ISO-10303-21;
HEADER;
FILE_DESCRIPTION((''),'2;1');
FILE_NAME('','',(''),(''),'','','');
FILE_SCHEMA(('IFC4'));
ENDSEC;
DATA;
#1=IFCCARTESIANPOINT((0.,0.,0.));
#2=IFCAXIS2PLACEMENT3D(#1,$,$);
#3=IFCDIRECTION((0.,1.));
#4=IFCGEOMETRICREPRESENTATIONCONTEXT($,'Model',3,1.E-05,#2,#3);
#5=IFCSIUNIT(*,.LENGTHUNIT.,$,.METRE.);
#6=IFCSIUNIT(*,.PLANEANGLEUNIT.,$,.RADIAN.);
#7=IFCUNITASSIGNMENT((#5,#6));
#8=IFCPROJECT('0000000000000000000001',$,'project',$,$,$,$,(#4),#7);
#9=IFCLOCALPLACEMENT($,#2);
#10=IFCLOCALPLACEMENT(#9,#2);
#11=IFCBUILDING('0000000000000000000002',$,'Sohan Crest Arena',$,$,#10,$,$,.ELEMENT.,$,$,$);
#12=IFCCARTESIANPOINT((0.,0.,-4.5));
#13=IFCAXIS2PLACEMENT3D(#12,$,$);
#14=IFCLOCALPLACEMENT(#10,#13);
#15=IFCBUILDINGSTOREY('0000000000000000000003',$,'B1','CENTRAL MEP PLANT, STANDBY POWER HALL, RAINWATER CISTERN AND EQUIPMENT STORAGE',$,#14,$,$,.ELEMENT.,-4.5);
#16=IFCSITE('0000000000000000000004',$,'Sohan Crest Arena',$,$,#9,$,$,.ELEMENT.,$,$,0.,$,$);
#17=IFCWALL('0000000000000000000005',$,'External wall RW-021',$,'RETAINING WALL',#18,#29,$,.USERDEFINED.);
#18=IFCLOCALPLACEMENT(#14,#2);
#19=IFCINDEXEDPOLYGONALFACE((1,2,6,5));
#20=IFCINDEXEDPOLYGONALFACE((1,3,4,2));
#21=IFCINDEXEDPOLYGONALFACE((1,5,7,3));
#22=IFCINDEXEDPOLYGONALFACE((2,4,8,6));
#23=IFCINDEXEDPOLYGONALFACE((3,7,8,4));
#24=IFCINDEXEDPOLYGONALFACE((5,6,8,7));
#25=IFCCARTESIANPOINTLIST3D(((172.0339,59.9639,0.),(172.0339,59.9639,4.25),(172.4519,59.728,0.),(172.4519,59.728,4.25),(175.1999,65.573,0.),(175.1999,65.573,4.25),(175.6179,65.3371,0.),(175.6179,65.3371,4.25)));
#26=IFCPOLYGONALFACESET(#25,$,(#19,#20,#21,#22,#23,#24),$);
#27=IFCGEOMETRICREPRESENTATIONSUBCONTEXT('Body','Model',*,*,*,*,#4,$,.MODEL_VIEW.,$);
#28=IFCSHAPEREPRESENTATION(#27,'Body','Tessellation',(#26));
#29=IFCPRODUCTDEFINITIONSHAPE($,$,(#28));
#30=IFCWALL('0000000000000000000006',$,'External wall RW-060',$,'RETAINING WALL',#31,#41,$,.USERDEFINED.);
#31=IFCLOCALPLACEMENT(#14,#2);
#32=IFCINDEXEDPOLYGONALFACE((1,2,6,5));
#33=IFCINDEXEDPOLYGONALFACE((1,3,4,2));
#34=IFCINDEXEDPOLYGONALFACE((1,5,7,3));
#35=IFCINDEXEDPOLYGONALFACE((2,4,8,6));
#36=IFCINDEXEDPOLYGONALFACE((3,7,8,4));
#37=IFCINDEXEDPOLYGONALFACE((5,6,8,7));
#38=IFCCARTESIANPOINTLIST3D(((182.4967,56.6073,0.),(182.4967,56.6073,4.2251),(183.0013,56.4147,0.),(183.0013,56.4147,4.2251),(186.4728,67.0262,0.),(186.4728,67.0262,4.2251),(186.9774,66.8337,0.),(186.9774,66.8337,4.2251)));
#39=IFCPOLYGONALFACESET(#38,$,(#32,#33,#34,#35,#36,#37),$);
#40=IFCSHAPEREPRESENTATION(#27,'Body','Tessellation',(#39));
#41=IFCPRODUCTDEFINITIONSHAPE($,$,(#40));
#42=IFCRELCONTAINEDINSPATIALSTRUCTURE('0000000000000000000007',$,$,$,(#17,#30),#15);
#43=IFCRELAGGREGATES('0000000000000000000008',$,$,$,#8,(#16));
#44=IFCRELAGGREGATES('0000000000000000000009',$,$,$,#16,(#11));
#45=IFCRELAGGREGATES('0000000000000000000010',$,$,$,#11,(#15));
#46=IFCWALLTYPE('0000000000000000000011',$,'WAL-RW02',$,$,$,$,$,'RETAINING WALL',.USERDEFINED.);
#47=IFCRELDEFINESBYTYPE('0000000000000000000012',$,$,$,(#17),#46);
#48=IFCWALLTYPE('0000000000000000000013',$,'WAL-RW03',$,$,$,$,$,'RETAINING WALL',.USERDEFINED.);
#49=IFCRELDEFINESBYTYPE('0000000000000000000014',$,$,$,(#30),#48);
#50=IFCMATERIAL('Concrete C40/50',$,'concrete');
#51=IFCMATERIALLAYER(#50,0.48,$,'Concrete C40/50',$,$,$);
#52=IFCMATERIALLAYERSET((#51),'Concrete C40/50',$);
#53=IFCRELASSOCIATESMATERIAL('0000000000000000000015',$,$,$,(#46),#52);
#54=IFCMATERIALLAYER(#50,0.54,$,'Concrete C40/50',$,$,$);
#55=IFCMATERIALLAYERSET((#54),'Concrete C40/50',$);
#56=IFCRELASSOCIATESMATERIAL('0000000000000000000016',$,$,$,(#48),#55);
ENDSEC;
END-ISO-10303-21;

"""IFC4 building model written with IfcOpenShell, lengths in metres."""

from ifc_helpers import new_model, si_unit, direction, frame, frame_2d, origin, place, context, subcontext, project, spatial, rectangle, extrude, material, layer, layer_set, type_object, element, save


model = new_model("IFC4")

# Units and contexts
model_context = context("Model", 3, precision=1e-05, world=origin(), true_north=direction((0.0, 1.0)))
body_context = subcontext(model_context, "Body", "Model", "MODEL_VIEW")
ifc_project = project(units=[si_unit("LENGTHUNIT", "METRE"), si_unit("PLANEANGLEUNIT", "RADIAN")], contexts=[model_context])

# Site, building, storey
site_placement = place(None, origin())
site = spatial("IfcSite", under=ifc_project, at=site_placement, Name="Sohan Crest Arena", CompositionType="ELEMENT", RefElevation=0.0)
building_placement = place(site_placement, origin())
building = spatial("IfcBuilding", under=site, at=building_placement, Name="Sohan Crest Arena", CompositionType="ELEMENT")
storey_placement = place(building_placement, frame((0.0, 0.0, -4.5)))
storey = spatial("IfcBuildingStorey", under=building, at=storey_placement, Name="B1", Description="CENTRAL MEP PLANT, STANDBY POWER HALL, RAINWATER CISTERN AND EQUIPMENT STORAGE", CompositionType="ELEMENT", Elevation=-4.5)

# Shared definitions
ifc_material_1 = material(Name="Concrete C40/50", Category="concrete")

# Walls
ifc_layer_1 = layer(ifc_material_1, 0.48, Name="Concrete C40/50")
ifc_layer_set_1 = layer_set([ifc_layer_1], Name="Concrete C40/50")
wall_type_1 = type_object("IfcWallType", Name="WAL-RW02", ElementType="RETAINING WALL", PredefinedType="USERDEFINED", material=ifc_layer_set_1)
wall_1_placement = place(storey_placement, frame((172.2429, 59.8459, 0.0), z_axis=(0.0, 0.0, 1.0), x_axis=(0.491544, 0.870853, 0.0)))
element("IfcWall", 1, at=wall_1_placement, inside=storey, type_object=wall_type_1, Name="External wall RW-021", ObjectType="RETAINING WALL", PredefinedType="USERDEFINED", context=body_context, shape_type="SweptSolid", body=[
    extrude(rectangle(XDim=6.4409, YDim=0.48, at=frame_2d((3.2205, 0.0))), origin(), (0.0, 0.0, 1.0), 4.25),
])
ifc_layer_2 = layer(ifc_material_1, 0.54, Name="Concrete C40/50")
ifc_layer_set_2 = layer_set([ifc_layer_2], Name="Concrete C40/50")
wall_type_2 = type_object("IfcWallType", Name="WAL-RW03", ElementType="RETAINING WALL", PredefinedType="USERDEFINED", material=ifc_layer_set_2)
wall_2_placement = place(storey_placement, frame((182.749, 56.511, 0.0), z_axis=(0.0, 0.0, 1.0), x_axis=(0.35654, 0.93428, 0.0)))
element("IfcWall", 2, at=wall_2_placement, inside=storey, type_object=wall_type_2, Name="External wall RW-060", ObjectType="RETAINING WALL", PredefinedType="USERDEFINED", context=body_context, shape_type="SweptSolid", body=[
    extrude(rectangle(XDim=11.1519, YDim=0.54, at=frame_2d((5.5759, 0.0))), origin(), (0.0, 0.0, 1.0), 4.2251),
])

save(model, "model.ifc")
